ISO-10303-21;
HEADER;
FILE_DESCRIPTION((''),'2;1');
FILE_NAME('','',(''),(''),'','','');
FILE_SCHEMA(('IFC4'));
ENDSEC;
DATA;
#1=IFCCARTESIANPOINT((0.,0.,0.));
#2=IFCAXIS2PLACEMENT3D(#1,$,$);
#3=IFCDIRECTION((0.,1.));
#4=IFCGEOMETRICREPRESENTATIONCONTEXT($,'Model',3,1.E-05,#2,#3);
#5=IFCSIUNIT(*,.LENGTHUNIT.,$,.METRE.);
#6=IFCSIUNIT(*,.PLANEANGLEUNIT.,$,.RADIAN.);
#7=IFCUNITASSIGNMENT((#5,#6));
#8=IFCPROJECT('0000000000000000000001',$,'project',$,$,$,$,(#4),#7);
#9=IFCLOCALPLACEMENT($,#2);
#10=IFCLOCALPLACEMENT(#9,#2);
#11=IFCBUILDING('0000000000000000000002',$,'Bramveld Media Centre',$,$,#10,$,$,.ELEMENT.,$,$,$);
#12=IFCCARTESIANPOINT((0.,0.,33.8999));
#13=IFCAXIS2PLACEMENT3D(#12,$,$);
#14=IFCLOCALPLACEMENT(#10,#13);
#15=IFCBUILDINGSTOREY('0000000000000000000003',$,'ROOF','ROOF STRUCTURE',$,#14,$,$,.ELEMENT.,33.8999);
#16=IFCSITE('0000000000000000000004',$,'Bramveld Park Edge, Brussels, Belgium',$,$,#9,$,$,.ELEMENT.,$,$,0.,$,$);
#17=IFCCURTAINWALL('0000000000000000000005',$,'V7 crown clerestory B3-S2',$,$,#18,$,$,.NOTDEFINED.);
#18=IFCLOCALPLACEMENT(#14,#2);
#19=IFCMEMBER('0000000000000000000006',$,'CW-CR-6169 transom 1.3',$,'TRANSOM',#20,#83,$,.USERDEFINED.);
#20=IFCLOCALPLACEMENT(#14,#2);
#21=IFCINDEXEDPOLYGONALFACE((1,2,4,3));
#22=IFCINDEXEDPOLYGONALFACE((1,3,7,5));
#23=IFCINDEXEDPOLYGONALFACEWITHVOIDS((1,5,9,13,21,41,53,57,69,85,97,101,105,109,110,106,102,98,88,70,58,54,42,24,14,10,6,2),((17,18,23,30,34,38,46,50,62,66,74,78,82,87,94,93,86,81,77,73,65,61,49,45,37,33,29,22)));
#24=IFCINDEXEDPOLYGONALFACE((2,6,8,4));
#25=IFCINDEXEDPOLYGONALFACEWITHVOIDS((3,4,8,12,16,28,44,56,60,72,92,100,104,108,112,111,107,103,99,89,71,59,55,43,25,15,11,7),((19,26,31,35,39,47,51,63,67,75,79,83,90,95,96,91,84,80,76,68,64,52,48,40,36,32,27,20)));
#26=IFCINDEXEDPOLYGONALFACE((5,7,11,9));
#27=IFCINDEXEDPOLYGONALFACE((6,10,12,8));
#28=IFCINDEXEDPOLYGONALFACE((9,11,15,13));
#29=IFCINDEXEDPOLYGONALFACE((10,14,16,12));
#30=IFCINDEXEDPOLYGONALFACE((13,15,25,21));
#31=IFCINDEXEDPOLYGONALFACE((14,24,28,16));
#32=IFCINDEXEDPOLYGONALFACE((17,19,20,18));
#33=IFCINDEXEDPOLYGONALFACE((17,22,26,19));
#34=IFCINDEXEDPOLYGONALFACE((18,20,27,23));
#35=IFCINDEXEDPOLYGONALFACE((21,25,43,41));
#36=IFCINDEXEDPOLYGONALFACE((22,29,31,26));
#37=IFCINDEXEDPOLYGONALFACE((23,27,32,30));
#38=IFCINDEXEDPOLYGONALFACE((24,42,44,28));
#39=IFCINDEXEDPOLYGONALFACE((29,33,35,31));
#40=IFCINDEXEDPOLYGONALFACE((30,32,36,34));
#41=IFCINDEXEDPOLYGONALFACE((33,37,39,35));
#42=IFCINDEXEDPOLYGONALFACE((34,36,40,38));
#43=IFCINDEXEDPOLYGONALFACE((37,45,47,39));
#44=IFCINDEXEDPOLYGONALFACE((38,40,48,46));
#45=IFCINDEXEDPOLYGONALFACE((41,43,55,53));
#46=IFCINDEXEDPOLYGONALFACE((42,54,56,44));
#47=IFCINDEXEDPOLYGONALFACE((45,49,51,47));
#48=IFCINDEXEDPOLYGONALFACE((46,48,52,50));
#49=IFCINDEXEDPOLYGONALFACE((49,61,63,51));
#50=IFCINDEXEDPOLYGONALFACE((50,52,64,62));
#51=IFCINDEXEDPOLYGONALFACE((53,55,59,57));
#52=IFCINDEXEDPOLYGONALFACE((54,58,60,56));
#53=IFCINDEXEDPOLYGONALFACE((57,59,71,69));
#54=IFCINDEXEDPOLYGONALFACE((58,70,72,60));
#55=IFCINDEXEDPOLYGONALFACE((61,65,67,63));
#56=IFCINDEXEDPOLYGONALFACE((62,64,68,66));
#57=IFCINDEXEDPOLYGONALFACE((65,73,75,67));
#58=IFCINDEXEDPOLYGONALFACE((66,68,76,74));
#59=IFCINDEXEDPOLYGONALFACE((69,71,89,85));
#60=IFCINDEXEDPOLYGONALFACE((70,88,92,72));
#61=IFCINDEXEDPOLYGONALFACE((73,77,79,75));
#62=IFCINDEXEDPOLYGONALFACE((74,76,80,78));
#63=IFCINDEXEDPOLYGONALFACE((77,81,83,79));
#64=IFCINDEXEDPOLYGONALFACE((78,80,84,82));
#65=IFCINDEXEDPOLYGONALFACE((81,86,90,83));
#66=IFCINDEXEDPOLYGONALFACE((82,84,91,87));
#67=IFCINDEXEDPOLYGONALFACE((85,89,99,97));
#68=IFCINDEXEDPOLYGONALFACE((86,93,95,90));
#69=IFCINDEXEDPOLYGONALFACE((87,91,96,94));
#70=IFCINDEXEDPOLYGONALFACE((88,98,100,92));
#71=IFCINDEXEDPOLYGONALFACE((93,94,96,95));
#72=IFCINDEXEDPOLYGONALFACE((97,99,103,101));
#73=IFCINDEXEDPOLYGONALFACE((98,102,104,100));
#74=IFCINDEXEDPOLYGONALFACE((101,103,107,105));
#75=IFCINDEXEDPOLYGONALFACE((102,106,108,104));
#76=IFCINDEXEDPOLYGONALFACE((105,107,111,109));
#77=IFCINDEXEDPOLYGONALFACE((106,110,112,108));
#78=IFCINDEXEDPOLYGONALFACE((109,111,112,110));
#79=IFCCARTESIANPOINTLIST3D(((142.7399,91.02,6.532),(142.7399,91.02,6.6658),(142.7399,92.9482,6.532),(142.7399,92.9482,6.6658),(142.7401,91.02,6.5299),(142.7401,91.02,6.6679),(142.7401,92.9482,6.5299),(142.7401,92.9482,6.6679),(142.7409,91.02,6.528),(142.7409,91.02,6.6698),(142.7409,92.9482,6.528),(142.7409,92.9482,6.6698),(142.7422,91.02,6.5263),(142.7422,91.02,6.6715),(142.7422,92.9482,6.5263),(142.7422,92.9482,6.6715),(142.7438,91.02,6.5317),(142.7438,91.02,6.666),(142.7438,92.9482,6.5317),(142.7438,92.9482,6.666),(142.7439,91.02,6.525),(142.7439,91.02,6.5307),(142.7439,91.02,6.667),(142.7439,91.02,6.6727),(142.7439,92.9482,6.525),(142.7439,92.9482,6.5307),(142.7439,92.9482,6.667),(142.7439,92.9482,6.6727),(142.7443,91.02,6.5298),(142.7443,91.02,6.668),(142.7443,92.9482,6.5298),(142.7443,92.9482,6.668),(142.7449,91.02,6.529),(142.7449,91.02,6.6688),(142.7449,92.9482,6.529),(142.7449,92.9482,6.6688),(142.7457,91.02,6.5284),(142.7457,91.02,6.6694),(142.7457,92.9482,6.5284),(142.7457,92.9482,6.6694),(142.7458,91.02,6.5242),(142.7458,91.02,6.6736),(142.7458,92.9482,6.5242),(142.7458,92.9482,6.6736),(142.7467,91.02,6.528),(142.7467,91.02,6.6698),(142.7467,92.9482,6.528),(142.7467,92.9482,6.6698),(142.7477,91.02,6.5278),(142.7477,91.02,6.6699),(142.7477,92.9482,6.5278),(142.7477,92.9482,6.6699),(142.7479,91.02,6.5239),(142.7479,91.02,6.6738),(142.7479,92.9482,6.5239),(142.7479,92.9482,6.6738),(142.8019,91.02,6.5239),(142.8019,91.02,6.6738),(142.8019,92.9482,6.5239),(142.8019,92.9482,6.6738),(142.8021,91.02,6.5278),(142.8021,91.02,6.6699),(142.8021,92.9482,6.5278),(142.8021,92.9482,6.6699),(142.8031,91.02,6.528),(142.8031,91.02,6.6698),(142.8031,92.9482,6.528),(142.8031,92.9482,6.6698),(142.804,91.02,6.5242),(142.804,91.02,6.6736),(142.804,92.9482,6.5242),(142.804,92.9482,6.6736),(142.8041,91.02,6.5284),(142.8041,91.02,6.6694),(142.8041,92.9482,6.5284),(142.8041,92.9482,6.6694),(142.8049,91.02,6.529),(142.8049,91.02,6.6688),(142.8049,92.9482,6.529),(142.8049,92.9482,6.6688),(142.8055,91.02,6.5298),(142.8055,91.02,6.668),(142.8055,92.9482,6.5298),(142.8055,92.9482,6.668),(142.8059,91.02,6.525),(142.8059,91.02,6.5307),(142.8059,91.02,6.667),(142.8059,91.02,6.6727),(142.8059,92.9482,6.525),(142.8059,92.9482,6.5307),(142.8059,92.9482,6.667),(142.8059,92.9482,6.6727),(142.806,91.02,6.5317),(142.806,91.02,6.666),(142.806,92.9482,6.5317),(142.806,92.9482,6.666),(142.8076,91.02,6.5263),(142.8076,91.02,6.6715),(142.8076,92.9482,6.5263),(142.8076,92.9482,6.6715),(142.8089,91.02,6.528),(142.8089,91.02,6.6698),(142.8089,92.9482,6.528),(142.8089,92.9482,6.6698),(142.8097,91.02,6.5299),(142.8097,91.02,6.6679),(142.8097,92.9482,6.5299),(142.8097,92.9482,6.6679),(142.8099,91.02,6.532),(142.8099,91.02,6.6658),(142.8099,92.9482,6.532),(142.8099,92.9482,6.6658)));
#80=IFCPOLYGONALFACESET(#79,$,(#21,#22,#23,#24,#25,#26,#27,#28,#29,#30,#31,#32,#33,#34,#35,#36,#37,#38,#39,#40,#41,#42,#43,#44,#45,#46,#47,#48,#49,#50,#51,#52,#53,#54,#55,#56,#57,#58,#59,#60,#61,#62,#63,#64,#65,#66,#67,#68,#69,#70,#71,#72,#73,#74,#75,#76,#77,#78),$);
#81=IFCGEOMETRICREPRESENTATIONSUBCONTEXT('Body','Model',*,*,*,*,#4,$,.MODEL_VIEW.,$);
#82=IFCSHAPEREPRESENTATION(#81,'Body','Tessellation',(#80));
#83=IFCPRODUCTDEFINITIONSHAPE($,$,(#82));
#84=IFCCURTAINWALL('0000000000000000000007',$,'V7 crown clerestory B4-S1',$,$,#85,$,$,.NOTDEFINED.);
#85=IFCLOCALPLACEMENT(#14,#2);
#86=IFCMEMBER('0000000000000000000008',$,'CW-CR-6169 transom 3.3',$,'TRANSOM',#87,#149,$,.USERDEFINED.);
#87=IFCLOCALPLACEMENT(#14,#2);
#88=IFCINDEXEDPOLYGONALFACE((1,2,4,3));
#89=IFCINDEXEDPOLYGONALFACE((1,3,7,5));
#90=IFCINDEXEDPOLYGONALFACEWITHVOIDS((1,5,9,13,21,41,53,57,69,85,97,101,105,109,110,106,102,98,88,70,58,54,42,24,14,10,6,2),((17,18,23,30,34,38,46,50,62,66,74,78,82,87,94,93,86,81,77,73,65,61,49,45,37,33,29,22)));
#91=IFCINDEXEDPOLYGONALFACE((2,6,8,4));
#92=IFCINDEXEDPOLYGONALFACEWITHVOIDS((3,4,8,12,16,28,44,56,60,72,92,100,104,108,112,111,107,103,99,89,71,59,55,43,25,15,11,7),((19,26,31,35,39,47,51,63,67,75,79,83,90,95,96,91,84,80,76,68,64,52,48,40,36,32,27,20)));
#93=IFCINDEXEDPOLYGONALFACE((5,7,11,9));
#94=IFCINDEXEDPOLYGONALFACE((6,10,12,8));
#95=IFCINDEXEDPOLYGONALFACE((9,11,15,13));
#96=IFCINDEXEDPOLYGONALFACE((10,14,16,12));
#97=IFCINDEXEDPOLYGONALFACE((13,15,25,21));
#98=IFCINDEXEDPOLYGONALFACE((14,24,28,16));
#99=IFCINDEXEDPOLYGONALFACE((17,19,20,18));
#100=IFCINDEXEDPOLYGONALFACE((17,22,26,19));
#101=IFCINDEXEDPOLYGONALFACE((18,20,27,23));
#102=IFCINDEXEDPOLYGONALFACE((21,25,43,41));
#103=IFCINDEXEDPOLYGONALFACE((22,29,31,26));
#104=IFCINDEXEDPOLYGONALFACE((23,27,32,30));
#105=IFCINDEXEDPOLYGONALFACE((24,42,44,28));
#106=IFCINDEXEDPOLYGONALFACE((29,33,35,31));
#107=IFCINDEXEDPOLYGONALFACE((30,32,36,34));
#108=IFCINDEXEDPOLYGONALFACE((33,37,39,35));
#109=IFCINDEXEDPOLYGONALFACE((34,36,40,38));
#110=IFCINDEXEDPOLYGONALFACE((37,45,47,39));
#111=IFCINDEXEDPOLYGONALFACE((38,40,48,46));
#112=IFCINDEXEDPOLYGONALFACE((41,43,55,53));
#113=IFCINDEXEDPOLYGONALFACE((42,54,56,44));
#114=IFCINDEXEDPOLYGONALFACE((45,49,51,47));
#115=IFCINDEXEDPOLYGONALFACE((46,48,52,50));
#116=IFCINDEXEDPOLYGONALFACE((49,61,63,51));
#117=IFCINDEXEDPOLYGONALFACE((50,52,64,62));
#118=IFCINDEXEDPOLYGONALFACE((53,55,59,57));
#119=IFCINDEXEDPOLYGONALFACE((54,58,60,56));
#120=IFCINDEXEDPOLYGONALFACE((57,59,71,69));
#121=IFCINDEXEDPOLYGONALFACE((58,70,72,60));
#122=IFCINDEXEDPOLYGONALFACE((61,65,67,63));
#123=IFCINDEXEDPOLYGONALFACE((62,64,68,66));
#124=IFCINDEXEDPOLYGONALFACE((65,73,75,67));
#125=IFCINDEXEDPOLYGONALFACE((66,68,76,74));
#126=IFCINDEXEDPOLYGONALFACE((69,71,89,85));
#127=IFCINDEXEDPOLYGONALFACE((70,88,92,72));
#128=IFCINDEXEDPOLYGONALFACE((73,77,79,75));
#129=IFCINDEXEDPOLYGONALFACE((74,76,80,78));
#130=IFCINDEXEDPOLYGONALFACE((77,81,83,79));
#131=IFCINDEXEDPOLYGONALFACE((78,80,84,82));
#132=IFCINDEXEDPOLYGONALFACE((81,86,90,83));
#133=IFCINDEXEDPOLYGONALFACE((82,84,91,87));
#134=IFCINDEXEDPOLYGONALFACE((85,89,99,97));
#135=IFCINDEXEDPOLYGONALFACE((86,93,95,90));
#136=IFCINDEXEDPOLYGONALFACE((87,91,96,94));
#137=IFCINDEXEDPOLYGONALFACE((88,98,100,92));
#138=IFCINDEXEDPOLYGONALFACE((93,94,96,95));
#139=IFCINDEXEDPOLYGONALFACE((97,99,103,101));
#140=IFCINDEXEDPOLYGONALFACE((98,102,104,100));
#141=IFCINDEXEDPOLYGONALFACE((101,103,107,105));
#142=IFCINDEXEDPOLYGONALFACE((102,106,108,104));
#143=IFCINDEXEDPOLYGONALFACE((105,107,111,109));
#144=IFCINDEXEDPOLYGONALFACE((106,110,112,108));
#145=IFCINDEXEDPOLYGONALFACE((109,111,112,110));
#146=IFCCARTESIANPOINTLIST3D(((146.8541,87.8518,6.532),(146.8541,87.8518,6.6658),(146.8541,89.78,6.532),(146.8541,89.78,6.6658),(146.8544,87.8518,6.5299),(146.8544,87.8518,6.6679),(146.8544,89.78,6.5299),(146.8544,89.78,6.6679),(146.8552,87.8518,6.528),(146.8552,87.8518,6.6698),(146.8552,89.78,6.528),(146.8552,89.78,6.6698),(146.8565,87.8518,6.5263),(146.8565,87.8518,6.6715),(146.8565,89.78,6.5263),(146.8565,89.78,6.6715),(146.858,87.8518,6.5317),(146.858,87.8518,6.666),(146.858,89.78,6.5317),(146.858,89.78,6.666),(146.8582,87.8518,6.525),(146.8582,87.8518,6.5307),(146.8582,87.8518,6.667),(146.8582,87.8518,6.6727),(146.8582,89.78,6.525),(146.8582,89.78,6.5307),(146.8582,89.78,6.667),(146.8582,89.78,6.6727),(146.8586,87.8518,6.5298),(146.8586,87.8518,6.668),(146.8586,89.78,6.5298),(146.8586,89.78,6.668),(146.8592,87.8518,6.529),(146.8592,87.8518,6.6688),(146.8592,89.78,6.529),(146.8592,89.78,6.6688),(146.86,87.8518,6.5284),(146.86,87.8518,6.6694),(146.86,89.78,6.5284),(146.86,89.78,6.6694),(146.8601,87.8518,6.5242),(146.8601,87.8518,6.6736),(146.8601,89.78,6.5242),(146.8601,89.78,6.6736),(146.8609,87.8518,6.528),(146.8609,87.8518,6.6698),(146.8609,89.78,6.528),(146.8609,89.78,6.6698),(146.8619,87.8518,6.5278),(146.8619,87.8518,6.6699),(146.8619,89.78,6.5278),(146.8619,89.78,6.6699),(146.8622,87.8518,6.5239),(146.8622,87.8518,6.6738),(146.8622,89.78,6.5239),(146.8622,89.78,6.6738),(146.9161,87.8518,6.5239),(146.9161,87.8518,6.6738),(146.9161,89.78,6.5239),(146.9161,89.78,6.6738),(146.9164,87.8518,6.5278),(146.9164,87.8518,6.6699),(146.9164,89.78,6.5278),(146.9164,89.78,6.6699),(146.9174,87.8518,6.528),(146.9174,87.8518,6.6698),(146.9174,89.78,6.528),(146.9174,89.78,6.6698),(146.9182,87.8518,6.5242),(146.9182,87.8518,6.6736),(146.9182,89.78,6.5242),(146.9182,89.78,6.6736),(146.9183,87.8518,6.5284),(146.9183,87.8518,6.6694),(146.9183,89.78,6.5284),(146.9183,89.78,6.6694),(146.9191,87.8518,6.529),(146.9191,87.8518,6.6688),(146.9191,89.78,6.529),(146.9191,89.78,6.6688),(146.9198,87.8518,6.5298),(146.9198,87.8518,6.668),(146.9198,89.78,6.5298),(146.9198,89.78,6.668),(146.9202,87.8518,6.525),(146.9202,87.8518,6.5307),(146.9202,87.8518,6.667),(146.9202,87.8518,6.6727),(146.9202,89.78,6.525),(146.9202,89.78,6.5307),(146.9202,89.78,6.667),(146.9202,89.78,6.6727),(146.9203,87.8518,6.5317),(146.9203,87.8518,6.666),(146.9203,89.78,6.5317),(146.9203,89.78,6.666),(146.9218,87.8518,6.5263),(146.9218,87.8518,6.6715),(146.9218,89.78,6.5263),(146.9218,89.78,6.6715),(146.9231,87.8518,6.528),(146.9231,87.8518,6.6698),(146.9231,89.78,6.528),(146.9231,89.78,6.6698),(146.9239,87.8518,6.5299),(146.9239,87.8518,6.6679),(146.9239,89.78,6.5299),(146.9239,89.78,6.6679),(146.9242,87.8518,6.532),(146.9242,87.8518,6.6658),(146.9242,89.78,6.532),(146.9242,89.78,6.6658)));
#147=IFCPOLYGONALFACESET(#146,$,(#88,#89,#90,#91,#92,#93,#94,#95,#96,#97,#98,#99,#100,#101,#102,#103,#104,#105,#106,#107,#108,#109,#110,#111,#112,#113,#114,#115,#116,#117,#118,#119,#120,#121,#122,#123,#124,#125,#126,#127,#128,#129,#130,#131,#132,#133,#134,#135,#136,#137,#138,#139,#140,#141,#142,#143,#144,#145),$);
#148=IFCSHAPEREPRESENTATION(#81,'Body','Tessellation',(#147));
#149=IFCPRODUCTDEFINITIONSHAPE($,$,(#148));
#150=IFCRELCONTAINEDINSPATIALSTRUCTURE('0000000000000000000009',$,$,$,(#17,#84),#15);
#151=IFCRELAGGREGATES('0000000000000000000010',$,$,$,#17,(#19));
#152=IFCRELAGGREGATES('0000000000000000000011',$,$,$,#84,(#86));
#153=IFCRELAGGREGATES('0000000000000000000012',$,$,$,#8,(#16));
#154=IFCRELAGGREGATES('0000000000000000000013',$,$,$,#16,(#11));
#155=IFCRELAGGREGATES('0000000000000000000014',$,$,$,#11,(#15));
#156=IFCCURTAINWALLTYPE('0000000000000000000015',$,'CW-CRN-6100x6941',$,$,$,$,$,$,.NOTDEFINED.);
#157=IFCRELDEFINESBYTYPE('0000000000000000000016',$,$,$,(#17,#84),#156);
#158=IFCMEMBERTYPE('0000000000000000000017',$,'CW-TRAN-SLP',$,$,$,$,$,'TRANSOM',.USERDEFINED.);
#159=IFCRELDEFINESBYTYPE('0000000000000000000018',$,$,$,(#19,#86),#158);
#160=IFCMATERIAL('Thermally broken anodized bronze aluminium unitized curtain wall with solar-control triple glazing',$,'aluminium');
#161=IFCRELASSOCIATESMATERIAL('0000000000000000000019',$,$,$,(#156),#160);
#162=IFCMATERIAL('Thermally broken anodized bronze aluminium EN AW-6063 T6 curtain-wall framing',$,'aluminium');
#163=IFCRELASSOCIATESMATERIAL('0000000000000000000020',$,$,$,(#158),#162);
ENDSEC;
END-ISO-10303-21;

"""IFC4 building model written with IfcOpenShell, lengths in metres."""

from ifc_helpers import new_model, si_unit, direction, frame, origin, origin_2d, place, context, subcontext, project, spatial, hollow_rectangle, extrude, material, material_profile, profile_set, type_object, element, aggregate, save


model = new_model("IFC4")

# Units and contexts
model_context = context("Model", 3, precision=1e-05, world=origin(), true_north=direction((0.0, 1.0)))
body_context = subcontext(model_context, "Body", "Model", "MODEL_VIEW")
ifc_project = project(units=[si_unit("LENGTHUNIT", "METRE"), si_unit("PLANEANGLEUNIT", "RADIAN")], contexts=[model_context])

# Site, building, storey
site_placement = place(None, origin())
site = spatial("IfcSite", under=ifc_project, at=site_placement, Name="Bramveld Park Edge, Brussels, Belgium", CompositionType="ELEMENT", RefElevation=0.0)
building_placement = place(site_placement, origin())
building = spatial("IfcBuilding", under=site, at=building_placement, Name="Bramveld Media Centre", CompositionType="ELEMENT")
storey_placement = place(building_placement, frame((0.0, 0.0, 33.8999)))
storey = spatial("IfcBuildingStorey", under=building, at=storey_placement, Name="ROOF", Description="ROOF STRUCTURE", CompositionType="ELEMENT", Elevation=33.8999)

# Curtain wall
ifc_material_1 = material(Name="Thermally broken anodized bronze aluminium unitized curtain wall with solar-control triple glazing", Category="aluminium")
curtain_wall_type = type_object("IfcCurtainWallType", Name="CW-CRN-6100x6941", PredefinedType="NOTDEFINED", material=ifc_material_1)
curtain_wall_1_placement = place(storey_placement, origin())
curtain_wall_1 = element("IfcCurtainWall", 1, at=curtain_wall_1_placement, inside=storey, type_object=curtain_wall_type, Name="V7 crown clerestory B3-S2", PredefinedType="NOTDEFINED")

# Member
ifc_material_2 = material(Name="Thermally broken anodized bronze aluminium EN AW-6063 T6 curtain-wall framing", Category="aluminium")
ifc_material_profile_1 = material_profile(ifc_material_2, hollow_rectangle(XDim=0.0701, YDim=0.1499, WallThickness=0.0039, InnerFilletRadius=0.0039, OuterFilletRadius=0.0081, at=origin_2d()), Name="AL-TRAN 70x150")
ifc_profile_set_1 = profile_set([ifc_material_profile_1], Name="Thermally broken anodized bronze aluminium EN AW-6063 T6 curtain-wall framing")
member_type_1 = type_object("IfcMemberType", Name="CW-TRAN-SLP", ElementType="TRANSOM", PredefinedType="USERDEFINED", material=ifc_profile_set_1)
member_1_placement = place(storey_placement, frame((142.7749, 91.02, 6.5989), z_axis=(0.0, 1.0, 0.0), x_axis=(-1.0, 0.0, 0.0)))
member_1 = element("IfcMember", 2, at=member_1_placement, type_object=member_type_1, Name="CW-CR-6169 transom 1.3", ObjectType="TRANSOM", PredefinedType="USERDEFINED", context=body_context, shape_type="SweptSolid", body=[
    extrude(hollow_rectangle(XDim=0.0701, YDim=0.1499, WallThickness=0.0039, InnerFilletRadius=0.0039, OuterFilletRadius=0.0081, at=origin_2d()), origin(), (0.0, 0.0, 1.0), 1.9282),
])

# Curtain wall, member
curtain_wall_2_placement = place(storey_placement, origin())
curtain_wall_2 = element("IfcCurtainWall", 3, at=curtain_wall_2_placement, inside=storey, type_object=curtain_wall_type, Name="V7 crown clerestory B4-S1", PredefinedType="NOTDEFINED")
member_2_placement = place(storey_placement, frame((146.8892, 87.8518, 6.5989), z_axis=(0.0, 1.0, 0.0), x_axis=(-1.0, 0.0, 0.0)))
member_2 = element("IfcMember", 4, at=member_2_placement, type_object=member_type_1, Name="CW-CR-6169 transom 3.3", ObjectType="TRANSOM", PredefinedType="USERDEFINED", context=body_context, shape_type="SweptSolid", body=[
    extrude(hollow_rectangle(XDim=0.0701, YDim=0.1499, WallThickness=0.0039, InnerFilletRadius=0.0039, OuterFilletRadius=0.0081, at=origin_2d()), origin(), (0.0, 0.0, 1.0), 1.9282),
])

aggregate(curtain_wall_1, [member_1])
aggregate(curtain_wall_2, [member_2])

save(model, "model.ifc")
